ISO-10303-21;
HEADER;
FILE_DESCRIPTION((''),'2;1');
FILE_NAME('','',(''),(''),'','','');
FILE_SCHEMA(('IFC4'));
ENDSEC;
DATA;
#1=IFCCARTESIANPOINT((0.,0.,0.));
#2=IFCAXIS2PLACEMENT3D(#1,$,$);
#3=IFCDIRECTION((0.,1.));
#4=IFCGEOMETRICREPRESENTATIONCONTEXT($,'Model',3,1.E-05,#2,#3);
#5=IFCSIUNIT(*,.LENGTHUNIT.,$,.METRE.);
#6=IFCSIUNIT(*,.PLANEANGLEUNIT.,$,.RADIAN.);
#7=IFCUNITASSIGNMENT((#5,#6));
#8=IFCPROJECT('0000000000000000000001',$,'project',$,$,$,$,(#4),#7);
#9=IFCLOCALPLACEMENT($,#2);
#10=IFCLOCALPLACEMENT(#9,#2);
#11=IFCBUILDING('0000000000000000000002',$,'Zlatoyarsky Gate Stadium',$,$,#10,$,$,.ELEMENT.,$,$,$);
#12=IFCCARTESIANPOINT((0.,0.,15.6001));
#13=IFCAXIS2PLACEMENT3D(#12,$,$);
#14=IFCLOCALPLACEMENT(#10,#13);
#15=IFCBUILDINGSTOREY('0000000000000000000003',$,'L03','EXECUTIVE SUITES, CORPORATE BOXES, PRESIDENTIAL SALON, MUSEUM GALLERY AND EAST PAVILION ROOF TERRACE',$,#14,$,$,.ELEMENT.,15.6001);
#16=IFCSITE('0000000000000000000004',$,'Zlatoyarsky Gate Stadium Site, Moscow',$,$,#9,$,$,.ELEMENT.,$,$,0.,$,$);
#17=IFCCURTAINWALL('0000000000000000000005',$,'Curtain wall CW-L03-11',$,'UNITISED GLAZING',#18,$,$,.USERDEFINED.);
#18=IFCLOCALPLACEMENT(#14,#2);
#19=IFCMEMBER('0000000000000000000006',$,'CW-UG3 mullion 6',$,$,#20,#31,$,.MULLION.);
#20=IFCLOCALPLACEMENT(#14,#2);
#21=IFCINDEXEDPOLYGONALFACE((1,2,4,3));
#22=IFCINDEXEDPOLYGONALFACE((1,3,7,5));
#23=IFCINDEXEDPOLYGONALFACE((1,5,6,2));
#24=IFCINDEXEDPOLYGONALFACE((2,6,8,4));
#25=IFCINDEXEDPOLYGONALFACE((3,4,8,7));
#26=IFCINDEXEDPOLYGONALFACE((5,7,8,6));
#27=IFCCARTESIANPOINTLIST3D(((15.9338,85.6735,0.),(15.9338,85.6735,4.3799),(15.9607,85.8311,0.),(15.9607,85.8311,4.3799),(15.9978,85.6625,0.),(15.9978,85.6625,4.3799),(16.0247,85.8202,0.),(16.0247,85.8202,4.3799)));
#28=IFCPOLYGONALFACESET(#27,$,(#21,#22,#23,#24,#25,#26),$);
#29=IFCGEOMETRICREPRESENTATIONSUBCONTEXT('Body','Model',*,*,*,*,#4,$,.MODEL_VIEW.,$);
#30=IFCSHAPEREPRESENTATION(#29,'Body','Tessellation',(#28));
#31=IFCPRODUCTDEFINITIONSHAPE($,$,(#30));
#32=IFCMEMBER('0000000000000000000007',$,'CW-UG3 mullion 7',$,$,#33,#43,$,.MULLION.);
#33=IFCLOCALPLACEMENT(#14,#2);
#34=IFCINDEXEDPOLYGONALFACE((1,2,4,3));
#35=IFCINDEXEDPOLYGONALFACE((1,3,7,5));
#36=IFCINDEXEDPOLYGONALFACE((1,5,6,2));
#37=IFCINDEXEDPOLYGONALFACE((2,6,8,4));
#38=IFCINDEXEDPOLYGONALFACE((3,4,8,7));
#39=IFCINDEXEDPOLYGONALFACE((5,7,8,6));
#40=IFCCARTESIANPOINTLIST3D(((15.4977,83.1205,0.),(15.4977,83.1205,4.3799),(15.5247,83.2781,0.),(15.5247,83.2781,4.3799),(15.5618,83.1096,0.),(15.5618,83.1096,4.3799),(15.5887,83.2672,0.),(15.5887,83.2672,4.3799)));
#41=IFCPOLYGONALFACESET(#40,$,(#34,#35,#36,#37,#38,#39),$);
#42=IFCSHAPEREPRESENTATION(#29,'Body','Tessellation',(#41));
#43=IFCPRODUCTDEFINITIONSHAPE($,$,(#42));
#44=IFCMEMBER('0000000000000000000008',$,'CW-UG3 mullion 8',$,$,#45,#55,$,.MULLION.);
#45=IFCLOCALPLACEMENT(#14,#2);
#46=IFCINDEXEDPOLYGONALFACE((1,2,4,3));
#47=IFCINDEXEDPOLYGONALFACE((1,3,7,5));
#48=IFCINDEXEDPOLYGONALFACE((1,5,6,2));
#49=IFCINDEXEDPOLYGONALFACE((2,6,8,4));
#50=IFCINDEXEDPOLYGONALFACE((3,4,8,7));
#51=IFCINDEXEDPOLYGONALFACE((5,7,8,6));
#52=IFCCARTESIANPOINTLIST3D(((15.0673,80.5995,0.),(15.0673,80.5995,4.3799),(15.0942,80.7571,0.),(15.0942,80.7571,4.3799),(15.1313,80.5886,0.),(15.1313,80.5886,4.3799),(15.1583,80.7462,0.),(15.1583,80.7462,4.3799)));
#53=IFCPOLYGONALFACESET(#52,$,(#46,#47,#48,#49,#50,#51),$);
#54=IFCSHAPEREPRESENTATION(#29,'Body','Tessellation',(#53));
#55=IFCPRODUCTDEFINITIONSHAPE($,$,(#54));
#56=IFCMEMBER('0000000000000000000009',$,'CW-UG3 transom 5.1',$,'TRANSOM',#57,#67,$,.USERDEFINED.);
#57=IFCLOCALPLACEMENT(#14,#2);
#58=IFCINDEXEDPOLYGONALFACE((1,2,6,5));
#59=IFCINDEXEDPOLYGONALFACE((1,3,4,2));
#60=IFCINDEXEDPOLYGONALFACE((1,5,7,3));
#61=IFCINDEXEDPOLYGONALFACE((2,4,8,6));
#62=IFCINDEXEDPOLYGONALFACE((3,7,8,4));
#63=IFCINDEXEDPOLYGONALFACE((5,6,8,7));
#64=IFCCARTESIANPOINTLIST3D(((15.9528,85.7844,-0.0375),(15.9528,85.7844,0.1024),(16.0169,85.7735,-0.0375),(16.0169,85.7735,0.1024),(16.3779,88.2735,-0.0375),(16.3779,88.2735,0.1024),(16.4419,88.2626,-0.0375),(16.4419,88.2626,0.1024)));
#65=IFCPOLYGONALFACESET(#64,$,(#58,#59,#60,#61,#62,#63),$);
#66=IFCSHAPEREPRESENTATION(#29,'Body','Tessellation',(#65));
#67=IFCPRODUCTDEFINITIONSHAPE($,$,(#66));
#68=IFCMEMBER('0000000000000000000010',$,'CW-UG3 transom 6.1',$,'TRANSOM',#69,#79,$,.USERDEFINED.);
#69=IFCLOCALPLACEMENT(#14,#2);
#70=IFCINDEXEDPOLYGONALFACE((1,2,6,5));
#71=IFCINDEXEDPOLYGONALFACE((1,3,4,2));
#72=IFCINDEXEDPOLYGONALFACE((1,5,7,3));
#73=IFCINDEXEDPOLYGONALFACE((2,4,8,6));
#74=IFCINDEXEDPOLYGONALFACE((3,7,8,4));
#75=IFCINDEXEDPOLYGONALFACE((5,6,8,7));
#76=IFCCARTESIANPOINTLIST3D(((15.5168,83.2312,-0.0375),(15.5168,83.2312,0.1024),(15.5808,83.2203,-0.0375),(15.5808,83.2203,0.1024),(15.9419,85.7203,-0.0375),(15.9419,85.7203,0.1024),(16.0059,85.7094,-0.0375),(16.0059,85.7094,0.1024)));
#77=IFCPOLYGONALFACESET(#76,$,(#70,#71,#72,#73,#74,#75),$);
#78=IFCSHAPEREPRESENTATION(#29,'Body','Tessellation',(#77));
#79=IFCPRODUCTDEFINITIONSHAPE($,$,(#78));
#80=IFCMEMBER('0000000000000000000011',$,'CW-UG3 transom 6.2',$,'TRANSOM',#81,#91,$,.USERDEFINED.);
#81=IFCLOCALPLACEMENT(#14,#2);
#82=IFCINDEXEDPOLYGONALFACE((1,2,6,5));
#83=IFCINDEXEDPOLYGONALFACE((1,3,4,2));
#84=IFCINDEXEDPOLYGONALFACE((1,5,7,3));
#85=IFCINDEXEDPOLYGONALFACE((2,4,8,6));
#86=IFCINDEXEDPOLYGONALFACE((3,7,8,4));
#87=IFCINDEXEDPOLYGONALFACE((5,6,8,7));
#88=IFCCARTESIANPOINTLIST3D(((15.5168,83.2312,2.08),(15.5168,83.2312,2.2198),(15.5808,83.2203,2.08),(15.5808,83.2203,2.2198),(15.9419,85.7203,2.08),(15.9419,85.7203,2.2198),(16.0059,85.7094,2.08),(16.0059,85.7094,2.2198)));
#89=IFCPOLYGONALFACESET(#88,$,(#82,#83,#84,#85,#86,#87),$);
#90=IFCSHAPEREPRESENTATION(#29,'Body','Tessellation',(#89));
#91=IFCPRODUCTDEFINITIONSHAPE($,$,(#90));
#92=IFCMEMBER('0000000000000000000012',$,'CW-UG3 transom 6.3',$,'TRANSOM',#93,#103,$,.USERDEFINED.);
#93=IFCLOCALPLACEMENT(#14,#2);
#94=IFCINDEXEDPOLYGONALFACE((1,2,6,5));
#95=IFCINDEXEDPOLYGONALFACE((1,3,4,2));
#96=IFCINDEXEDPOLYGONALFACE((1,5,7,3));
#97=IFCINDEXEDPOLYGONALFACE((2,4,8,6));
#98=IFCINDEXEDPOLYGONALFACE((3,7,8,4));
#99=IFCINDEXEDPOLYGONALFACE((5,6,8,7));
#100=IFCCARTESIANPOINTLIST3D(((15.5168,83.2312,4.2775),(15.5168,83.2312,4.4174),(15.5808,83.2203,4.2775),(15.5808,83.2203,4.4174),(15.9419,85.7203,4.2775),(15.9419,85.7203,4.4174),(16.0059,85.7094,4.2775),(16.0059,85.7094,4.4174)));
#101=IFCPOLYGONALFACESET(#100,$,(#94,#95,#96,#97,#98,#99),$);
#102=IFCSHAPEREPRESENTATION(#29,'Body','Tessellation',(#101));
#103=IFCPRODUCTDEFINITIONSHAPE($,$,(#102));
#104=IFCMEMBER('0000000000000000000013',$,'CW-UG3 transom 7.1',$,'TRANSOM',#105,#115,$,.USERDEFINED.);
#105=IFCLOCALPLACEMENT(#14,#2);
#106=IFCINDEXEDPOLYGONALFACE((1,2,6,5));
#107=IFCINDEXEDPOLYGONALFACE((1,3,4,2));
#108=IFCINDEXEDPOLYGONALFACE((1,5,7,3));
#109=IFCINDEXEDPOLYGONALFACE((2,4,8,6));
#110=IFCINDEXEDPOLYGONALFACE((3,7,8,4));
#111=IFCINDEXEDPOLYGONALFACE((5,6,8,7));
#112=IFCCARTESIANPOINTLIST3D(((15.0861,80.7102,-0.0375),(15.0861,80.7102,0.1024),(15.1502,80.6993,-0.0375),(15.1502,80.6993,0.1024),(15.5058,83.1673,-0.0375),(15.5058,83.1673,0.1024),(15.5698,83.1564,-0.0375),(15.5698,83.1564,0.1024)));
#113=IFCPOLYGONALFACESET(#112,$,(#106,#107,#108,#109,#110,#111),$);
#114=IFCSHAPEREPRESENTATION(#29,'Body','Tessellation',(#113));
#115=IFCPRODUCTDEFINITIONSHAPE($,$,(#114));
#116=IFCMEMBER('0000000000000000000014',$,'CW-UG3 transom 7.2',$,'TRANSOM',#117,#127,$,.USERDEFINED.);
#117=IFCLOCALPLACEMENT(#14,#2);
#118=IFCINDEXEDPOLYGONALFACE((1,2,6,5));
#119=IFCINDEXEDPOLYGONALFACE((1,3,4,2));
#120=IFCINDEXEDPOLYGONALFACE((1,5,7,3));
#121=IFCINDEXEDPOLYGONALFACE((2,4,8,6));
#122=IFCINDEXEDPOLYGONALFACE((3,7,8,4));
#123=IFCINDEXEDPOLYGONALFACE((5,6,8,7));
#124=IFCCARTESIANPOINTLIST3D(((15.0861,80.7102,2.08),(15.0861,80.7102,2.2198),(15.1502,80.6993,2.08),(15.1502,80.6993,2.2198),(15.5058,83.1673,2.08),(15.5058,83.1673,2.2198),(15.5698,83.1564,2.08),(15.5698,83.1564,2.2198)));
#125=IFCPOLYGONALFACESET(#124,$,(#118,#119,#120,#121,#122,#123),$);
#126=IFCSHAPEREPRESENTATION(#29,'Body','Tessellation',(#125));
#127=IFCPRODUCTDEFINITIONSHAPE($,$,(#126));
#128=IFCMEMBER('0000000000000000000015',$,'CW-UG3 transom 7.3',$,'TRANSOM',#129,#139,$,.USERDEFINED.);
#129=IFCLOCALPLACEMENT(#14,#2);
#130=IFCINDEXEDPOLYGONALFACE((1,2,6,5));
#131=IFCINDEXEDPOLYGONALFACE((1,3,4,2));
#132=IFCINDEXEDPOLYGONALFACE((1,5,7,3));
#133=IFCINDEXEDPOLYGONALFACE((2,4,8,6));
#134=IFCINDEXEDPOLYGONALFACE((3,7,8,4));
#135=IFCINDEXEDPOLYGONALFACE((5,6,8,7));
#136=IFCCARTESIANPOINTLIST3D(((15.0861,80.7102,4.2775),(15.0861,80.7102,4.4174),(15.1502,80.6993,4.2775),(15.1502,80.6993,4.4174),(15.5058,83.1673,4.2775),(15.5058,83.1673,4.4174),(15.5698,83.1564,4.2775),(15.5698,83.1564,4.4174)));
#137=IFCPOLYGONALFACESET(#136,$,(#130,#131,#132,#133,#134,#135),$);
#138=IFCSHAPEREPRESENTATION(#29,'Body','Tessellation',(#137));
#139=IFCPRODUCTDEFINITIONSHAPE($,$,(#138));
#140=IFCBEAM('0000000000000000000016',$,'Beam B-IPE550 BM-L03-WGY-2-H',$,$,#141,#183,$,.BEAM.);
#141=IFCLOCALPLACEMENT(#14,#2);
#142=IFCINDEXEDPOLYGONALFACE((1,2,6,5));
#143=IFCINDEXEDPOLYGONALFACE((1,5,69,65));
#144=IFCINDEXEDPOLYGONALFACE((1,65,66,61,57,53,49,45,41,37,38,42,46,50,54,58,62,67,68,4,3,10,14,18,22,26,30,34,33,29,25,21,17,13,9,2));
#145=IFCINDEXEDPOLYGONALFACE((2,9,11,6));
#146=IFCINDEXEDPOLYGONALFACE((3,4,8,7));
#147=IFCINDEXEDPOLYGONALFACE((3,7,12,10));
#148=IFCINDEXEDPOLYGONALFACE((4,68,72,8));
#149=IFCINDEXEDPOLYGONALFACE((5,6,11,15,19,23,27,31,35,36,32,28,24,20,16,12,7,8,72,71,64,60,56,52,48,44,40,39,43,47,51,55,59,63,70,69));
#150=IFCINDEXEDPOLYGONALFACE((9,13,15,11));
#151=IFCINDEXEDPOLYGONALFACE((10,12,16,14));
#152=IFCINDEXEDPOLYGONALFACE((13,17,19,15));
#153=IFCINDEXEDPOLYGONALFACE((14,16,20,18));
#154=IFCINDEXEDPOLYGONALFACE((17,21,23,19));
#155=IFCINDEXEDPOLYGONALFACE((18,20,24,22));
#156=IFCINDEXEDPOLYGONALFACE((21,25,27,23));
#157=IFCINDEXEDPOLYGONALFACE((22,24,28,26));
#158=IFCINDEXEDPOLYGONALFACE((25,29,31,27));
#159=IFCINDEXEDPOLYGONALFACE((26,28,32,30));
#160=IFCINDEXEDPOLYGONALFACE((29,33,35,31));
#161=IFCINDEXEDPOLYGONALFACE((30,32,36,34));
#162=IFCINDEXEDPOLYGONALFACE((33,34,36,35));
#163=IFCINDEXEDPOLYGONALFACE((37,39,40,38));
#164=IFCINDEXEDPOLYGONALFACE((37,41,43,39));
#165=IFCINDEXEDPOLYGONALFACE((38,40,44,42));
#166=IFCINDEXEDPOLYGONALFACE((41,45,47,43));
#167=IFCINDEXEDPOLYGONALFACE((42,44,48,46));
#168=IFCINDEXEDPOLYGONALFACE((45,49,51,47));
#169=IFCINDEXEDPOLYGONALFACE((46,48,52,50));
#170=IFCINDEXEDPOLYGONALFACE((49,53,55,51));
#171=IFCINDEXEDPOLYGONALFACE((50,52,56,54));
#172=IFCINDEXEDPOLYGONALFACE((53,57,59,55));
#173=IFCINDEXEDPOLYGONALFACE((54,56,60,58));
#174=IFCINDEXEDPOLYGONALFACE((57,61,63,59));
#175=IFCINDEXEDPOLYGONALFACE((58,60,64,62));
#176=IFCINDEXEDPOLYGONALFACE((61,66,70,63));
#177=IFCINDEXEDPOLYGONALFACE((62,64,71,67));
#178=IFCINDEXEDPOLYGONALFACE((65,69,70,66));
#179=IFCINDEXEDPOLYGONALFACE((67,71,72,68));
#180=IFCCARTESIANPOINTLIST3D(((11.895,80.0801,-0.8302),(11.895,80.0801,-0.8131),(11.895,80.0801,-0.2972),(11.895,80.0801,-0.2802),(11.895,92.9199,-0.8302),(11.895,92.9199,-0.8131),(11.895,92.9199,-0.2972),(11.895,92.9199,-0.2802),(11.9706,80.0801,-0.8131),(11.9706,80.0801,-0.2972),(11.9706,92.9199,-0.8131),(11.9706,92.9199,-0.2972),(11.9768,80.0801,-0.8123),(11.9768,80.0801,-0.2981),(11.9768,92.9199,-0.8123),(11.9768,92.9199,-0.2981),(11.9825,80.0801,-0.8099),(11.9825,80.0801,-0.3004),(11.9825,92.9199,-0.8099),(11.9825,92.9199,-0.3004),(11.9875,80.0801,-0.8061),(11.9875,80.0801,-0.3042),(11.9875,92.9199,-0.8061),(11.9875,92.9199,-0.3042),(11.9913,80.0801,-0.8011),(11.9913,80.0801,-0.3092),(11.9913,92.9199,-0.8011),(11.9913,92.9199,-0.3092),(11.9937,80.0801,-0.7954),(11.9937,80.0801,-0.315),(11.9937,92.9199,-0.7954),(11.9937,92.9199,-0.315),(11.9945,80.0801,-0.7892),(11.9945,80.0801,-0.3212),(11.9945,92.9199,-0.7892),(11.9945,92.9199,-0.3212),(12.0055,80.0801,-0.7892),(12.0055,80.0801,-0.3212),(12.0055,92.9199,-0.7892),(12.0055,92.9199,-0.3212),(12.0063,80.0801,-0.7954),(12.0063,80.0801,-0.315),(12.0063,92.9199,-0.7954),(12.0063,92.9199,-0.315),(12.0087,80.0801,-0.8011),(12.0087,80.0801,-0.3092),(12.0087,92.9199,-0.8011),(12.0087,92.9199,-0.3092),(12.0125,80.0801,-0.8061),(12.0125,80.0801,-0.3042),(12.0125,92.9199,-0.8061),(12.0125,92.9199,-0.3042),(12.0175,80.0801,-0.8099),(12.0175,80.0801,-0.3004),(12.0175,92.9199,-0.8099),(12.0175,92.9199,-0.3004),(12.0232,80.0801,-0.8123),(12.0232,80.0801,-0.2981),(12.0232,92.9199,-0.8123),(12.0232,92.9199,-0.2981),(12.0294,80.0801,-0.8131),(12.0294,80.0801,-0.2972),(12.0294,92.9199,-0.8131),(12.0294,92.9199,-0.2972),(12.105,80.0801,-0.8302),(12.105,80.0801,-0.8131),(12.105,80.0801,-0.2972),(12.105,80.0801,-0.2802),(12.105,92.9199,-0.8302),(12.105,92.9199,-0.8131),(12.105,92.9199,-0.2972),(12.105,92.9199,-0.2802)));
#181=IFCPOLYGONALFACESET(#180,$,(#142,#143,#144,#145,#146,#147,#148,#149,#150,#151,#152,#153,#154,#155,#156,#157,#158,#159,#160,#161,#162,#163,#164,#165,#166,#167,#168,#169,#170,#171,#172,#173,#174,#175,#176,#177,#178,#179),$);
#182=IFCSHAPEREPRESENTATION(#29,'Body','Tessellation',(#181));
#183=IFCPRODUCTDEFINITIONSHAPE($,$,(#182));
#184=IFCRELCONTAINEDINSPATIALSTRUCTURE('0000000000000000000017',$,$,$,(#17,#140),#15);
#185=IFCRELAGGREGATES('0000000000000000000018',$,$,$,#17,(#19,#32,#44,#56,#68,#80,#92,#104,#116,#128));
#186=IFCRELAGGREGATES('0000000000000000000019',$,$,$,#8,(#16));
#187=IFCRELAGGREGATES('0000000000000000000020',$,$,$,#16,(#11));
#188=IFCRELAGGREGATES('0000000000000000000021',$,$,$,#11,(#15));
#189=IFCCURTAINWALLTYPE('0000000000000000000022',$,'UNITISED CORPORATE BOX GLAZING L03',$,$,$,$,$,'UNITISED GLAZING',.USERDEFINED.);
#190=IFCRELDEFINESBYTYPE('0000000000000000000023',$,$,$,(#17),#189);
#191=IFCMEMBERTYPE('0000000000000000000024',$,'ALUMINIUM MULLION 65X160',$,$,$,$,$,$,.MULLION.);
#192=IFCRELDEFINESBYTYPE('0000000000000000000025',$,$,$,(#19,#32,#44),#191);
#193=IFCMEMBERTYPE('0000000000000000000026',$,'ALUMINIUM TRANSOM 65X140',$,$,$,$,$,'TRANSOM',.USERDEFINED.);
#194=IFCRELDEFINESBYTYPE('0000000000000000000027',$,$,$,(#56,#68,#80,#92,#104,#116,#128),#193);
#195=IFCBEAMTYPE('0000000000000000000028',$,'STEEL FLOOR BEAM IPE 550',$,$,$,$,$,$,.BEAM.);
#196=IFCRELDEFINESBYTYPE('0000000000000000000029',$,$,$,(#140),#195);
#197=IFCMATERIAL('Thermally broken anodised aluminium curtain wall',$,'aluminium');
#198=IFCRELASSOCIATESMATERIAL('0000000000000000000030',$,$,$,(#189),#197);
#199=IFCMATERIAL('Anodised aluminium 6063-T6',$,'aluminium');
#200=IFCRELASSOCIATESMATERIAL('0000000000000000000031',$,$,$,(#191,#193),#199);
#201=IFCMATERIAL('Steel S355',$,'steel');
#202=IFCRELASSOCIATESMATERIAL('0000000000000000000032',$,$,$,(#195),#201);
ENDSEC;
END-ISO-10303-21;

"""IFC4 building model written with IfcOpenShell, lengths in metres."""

from ifc_helpers import new_model, si_unit, direction, frame, origin, origin_2d, place, context, subcontext, project, spatial, rectangle, i_section, extrude, material, material_profile, profile_set, type_object, element, aggregate, save


model = new_model("IFC4")

# Units and contexts
model_context = context("Model", 3, precision=1e-05, world=origin(), true_north=direction((0.0, 1.0)))
body_context = subcontext(model_context, "Body", "Model", "MODEL_VIEW")
ifc_project = project(units=[si_unit("LENGTHUNIT", "METRE"), si_unit("PLANEANGLEUNIT", "RADIAN")], contexts=[model_context])

# Site, building, storey
site_placement = place(None, origin())
site = spatial("IfcSite", under=ifc_project, at=site_placement, Name="Zlatoyarsky Gate Stadium Site, Moscow", CompositionType="ELEMENT", RefElevation=0.0)
building_placement = place(site_placement, origin())
building = spatial("IfcBuilding", under=site, at=building_placement, Name="Zlatoyarsky Gate Stadium", CompositionType="ELEMENT")
storey_placement = place(building_placement, frame((0.0, 0.0, 15.6001)))
storey = spatial("IfcBuildingStorey", under=building, at=storey_placement, Name="L03", Description="EXECUTIVE SUITES, CORPORATE BOXES, PRESIDENTIAL SALON, MUSEUM GALLERY AND EAST PAVILION ROOF TERRACE", CompositionType="ELEMENT", Elevation=15.6001)

# Curtain wall, members
ifc_material_1 = material(Name="Thermally broken anodised aluminium curtain wall", Category="aluminium")
curtain_wall_type = type_object("IfcCurtainWallType", Name="UNITISED CORPORATE BOX GLAZING L03", ElementType="UNITISED GLAZING", PredefinedType="USERDEFINED", material=ifc_material_1)
curtain_wall_placement = place(storey_placement, origin())
curtain_wall = element("IfcCurtainWall", 1, at=curtain_wall_placement, inside=storey, type_object=curtain_wall_type, Name="Curtain wall CW-L03-11", ObjectType="UNITISED GLAZING", PredefinedType="USERDEFINED")
ifc_material_2 = material(Name="Anodised aluminium 6063-T6", Category="aluminium")
ifc_material_profile_1 = material_profile(ifc_material_2, rectangle(XDim=0.0649, YDim=0.1599, at=origin_2d()), Name="ALU 65X160")
ifc_profile_set_1 = profile_set([ifc_material_profile_1], Name="Anodised aluminium 6063-T6")
member_type_1 = type_object("IfcMemberType", Name="ALUMINIUM MULLION 65X160", PredefinedType="MULLION", material=ifc_profile_set_1)
member_1_placement = place(storey_placement, frame((15.9792, 85.7468, 0.0), z_axis=(0.0, 0.0, 1.0), x_axis=(0.985726, -0.168356, 0.0)))
member_1 = element("IfcMember", 2, at=member_1_placement, type_object=member_type_1, Name="CW-UG3 mullion 6", PredefinedType="MULLION", context=body_context, shape_type="SweptSolid", body=[
    extrude(rectangle(XDim=0.0649, YDim=0.1599, at=origin_2d()), origin(), (0.0, 0.0, 1.0), 4.3799),
])
member_2_placement = place(storey_placement, frame((15.5432, 83.1938, 0.0), z_axis=(0.0, 0.0, 1.0), x_axis=(0.985726, -0.168356, 0.0)))
member_2 = element("IfcMember", 3, at=member_2_placement, type_object=member_type_1, Name="CW-UG3 mullion 7", PredefinedType="MULLION", context=body_context, shape_type="SweptSolid", body=[
    extrude(rectangle(XDim=0.0649, YDim=0.1599, at=origin_2d()), origin(), (0.0, 0.0, 1.0), 4.3799),
])
member_3_placement = place(storey_placement, frame((15.1128, 80.6729, 0.0), z_axis=(0.0, 0.0, 1.0), x_axis=(0.985726, -0.168356, 0.0)))
member_3 = element("IfcMember", 4, at=member_3_placement, type_object=member_type_1, Name="CW-UG3 mullion 8", PredefinedType="MULLION", context=body_context, shape_type="SweptSolid", body=[
    extrude(rectangle(XDim=0.0649, YDim=0.1599, at=origin_2d()), origin(), (0.0, 0.0, 1.0), 4.3799),
])
ifc_material_profile_2 = material_profile(ifc_material_2, rectangle(XDim=0.0649, YDim=0.1399, at=origin_2d()), Name="ALU 65X140")
ifc_profile_set_2 = profile_set([ifc_material_profile_2], Name="Anodised aluminium 6063-T6")
member_type_2 = type_object("IfcMemberType", Name="ALUMINIUM TRANSOM 65X140", ElementType="TRANSOM", PredefinedType="USERDEFINED", material=ifc_profile_set_2)
member_4_placement = place(storey_placement, frame((16.4099, 88.2681, 0.0325), z_axis=(-0.168333, -0.98573, 0.0), x_axis=(0.98573, -0.168333, 0.0)))
member_4 = element("IfcMember", 5, at=member_4_placement, type_object=member_type_2, Name="CW-UG3 transom 5.1", ObjectType="TRANSOM", PredefinedType="USERDEFINED", context=body_context, shape_type="SweptSolid", body=[
    extrude(rectangle(XDim=0.0649, YDim=0.1399, at=origin_2d()), origin(), (0.0, 0.0, 1.0), 2.5251),
])
member_5_placement = place(storey_placement, frame((15.9739, 85.7148, 0.0325), z_axis=(-0.168333, -0.98573, 0.0), x_axis=(0.98573, -0.168333, 0.0)))
member_5 = element("IfcMember", 6, at=member_5_placement, type_object=member_type_2, Name="CW-UG3 transom 6.1", ObjectType="TRANSOM", PredefinedType="USERDEFINED", context=body_context, shape_type="SweptSolid", body=[
    extrude(rectangle(XDim=0.0649, YDim=0.1399, at=origin_2d()), origin(), (0.0, 0.0, 1.0), 2.5251),
])
member_6_placement = place(storey_placement, frame((15.9739, 85.7148, 2.1499), z_axis=(-0.168333, -0.98573, 0.0), x_axis=(0.98573, -0.168333, 0.0)))
member_6 = element("IfcMember", 7, at=member_6_placement, type_object=member_type_2, Name="CW-UG3 transom 6.2", ObjectType="TRANSOM", PredefinedType="USERDEFINED", context=body_context, shape_type="SweptSolid", body=[
    extrude(rectangle(XDim=0.0649, YDim=0.1399, at=origin_2d()), origin(), (0.0, 0.0, 1.0), 2.5251),
])
member_7_placement = place(storey_placement, frame((15.9739, 85.7148, 4.3474), z_axis=(-0.168333, -0.98573, 0.0), x_axis=(0.98573, -0.168333, 0.0)))
member_7 = element("IfcMember", 8, at=member_7_placement, type_object=member_type_2, Name="CW-UG3 transom 6.3", ObjectType="TRANSOM", PredefinedType="USERDEFINED", context=body_context, shape_type="SweptSolid", body=[
    extrude(rectangle(XDim=0.0649, YDim=0.1399, at=origin_2d()), origin(), (0.0, 0.0, 1.0), 2.5251),
])
member_8_placement = place(storey_placement, frame((15.5378, 83.1619, 0.0325), z_axis=(-0.168368, -0.985724, 0.0), x_axis=(0.985724, -0.168368, 0.0)))
member_8 = element("IfcMember", 9, at=member_8_placement, type_object=member_type_2, Name="CW-UG3 transom 7.1", ObjectType="TRANSOM", PredefinedType="USERDEFINED", context=body_context, shape_type="SweptSolid", body=[
    extrude(rectangle(XDim=0.0649, YDim=0.1399, at=origin_2d()), origin(), (0.0, 0.0, 1.0), 2.4927),
])
member_9_placement = place(storey_placement, frame((15.5378, 83.1619, 2.1499), z_axis=(-0.168368, -0.985724, 0.0), x_axis=(0.985724, -0.168368, 0.0)))
member_9 = element("IfcMember", 10, at=member_9_placement, type_object=member_type_2, Name="CW-UG3 transom 7.2", ObjectType="TRANSOM", PredefinedType="USERDEFINED", context=body_context, shape_type="SweptSolid", body=[
    extrude(rectangle(XDim=0.0649, YDim=0.1399, at=origin_2d()), origin(), (0.0, 0.0, 1.0), 2.4927),
])
member_10_placement = place(storey_placement, frame((15.5378, 83.1619, 4.3474), z_axis=(-0.168368, -0.985724, 0.0), x_axis=(0.985724, -0.168368, 0.0)))
member_10 = element("IfcMember", 11, at=member_10_placement, type_object=member_type_2, Name="CW-UG3 transom 7.3", ObjectType="TRANSOM", PredefinedType="USERDEFINED", context=body_context, shape_type="SweptSolid", body=[
    extrude(rectangle(XDim=0.0649, YDim=0.1399, at=origin_2d()), origin(), (0.0, 0.0, 1.0), 2.4927),
])

# Beam
ifc_material_3 = material(Name="Steel S355", Category="steel")
ifc_material_profile_3 = material_profile(ifc_material_3, i_section(OverallWidth=0.21, OverallDepth=0.55, WebThickness=0.011, FlangeThickness=0.0171, FilletRadius=0.0239, at=origin_2d()), Name="IPE 550")
ifc_profile_set_3 = profile_set([ifc_material_profile_3], Name="Steel S355")
beam_type_1 = type_object("IfcBeamType", Name="STEEL FLOOR BEAM IPE 550", PredefinedType="BEAM", material=ifc_profile_set_3)
beam_1_placement = place(storey_placement, frame((12.0, 80.0801, -0.5552), z_axis=(0.0, 1.0, 0.0), x_axis=(-1.0, 0.0, 0.0)))
element("IfcBeam", 12, at=beam_1_placement, inside=storey, type_object=beam_type_1, Name="Beam B-IPE550 BM-L03-WGY-2-H", PredefinedType="BEAM", context=body_context, shape_type="SweptSolid", body=[
    extrude(i_section(OverallWidth=0.21, OverallDepth=0.55, WebThickness=0.011, FlangeThickness=0.0171, FilletRadius=0.0239, at=origin_2d()), origin(), (0.0, 0.0, 1.0), 12.8398),
])

aggregate(curtain_wall, [member_1, member_2, member_3, member_4, member_5, member_6, member_7, member_8, member_9, member_10])

save(model, "model.ifc")
